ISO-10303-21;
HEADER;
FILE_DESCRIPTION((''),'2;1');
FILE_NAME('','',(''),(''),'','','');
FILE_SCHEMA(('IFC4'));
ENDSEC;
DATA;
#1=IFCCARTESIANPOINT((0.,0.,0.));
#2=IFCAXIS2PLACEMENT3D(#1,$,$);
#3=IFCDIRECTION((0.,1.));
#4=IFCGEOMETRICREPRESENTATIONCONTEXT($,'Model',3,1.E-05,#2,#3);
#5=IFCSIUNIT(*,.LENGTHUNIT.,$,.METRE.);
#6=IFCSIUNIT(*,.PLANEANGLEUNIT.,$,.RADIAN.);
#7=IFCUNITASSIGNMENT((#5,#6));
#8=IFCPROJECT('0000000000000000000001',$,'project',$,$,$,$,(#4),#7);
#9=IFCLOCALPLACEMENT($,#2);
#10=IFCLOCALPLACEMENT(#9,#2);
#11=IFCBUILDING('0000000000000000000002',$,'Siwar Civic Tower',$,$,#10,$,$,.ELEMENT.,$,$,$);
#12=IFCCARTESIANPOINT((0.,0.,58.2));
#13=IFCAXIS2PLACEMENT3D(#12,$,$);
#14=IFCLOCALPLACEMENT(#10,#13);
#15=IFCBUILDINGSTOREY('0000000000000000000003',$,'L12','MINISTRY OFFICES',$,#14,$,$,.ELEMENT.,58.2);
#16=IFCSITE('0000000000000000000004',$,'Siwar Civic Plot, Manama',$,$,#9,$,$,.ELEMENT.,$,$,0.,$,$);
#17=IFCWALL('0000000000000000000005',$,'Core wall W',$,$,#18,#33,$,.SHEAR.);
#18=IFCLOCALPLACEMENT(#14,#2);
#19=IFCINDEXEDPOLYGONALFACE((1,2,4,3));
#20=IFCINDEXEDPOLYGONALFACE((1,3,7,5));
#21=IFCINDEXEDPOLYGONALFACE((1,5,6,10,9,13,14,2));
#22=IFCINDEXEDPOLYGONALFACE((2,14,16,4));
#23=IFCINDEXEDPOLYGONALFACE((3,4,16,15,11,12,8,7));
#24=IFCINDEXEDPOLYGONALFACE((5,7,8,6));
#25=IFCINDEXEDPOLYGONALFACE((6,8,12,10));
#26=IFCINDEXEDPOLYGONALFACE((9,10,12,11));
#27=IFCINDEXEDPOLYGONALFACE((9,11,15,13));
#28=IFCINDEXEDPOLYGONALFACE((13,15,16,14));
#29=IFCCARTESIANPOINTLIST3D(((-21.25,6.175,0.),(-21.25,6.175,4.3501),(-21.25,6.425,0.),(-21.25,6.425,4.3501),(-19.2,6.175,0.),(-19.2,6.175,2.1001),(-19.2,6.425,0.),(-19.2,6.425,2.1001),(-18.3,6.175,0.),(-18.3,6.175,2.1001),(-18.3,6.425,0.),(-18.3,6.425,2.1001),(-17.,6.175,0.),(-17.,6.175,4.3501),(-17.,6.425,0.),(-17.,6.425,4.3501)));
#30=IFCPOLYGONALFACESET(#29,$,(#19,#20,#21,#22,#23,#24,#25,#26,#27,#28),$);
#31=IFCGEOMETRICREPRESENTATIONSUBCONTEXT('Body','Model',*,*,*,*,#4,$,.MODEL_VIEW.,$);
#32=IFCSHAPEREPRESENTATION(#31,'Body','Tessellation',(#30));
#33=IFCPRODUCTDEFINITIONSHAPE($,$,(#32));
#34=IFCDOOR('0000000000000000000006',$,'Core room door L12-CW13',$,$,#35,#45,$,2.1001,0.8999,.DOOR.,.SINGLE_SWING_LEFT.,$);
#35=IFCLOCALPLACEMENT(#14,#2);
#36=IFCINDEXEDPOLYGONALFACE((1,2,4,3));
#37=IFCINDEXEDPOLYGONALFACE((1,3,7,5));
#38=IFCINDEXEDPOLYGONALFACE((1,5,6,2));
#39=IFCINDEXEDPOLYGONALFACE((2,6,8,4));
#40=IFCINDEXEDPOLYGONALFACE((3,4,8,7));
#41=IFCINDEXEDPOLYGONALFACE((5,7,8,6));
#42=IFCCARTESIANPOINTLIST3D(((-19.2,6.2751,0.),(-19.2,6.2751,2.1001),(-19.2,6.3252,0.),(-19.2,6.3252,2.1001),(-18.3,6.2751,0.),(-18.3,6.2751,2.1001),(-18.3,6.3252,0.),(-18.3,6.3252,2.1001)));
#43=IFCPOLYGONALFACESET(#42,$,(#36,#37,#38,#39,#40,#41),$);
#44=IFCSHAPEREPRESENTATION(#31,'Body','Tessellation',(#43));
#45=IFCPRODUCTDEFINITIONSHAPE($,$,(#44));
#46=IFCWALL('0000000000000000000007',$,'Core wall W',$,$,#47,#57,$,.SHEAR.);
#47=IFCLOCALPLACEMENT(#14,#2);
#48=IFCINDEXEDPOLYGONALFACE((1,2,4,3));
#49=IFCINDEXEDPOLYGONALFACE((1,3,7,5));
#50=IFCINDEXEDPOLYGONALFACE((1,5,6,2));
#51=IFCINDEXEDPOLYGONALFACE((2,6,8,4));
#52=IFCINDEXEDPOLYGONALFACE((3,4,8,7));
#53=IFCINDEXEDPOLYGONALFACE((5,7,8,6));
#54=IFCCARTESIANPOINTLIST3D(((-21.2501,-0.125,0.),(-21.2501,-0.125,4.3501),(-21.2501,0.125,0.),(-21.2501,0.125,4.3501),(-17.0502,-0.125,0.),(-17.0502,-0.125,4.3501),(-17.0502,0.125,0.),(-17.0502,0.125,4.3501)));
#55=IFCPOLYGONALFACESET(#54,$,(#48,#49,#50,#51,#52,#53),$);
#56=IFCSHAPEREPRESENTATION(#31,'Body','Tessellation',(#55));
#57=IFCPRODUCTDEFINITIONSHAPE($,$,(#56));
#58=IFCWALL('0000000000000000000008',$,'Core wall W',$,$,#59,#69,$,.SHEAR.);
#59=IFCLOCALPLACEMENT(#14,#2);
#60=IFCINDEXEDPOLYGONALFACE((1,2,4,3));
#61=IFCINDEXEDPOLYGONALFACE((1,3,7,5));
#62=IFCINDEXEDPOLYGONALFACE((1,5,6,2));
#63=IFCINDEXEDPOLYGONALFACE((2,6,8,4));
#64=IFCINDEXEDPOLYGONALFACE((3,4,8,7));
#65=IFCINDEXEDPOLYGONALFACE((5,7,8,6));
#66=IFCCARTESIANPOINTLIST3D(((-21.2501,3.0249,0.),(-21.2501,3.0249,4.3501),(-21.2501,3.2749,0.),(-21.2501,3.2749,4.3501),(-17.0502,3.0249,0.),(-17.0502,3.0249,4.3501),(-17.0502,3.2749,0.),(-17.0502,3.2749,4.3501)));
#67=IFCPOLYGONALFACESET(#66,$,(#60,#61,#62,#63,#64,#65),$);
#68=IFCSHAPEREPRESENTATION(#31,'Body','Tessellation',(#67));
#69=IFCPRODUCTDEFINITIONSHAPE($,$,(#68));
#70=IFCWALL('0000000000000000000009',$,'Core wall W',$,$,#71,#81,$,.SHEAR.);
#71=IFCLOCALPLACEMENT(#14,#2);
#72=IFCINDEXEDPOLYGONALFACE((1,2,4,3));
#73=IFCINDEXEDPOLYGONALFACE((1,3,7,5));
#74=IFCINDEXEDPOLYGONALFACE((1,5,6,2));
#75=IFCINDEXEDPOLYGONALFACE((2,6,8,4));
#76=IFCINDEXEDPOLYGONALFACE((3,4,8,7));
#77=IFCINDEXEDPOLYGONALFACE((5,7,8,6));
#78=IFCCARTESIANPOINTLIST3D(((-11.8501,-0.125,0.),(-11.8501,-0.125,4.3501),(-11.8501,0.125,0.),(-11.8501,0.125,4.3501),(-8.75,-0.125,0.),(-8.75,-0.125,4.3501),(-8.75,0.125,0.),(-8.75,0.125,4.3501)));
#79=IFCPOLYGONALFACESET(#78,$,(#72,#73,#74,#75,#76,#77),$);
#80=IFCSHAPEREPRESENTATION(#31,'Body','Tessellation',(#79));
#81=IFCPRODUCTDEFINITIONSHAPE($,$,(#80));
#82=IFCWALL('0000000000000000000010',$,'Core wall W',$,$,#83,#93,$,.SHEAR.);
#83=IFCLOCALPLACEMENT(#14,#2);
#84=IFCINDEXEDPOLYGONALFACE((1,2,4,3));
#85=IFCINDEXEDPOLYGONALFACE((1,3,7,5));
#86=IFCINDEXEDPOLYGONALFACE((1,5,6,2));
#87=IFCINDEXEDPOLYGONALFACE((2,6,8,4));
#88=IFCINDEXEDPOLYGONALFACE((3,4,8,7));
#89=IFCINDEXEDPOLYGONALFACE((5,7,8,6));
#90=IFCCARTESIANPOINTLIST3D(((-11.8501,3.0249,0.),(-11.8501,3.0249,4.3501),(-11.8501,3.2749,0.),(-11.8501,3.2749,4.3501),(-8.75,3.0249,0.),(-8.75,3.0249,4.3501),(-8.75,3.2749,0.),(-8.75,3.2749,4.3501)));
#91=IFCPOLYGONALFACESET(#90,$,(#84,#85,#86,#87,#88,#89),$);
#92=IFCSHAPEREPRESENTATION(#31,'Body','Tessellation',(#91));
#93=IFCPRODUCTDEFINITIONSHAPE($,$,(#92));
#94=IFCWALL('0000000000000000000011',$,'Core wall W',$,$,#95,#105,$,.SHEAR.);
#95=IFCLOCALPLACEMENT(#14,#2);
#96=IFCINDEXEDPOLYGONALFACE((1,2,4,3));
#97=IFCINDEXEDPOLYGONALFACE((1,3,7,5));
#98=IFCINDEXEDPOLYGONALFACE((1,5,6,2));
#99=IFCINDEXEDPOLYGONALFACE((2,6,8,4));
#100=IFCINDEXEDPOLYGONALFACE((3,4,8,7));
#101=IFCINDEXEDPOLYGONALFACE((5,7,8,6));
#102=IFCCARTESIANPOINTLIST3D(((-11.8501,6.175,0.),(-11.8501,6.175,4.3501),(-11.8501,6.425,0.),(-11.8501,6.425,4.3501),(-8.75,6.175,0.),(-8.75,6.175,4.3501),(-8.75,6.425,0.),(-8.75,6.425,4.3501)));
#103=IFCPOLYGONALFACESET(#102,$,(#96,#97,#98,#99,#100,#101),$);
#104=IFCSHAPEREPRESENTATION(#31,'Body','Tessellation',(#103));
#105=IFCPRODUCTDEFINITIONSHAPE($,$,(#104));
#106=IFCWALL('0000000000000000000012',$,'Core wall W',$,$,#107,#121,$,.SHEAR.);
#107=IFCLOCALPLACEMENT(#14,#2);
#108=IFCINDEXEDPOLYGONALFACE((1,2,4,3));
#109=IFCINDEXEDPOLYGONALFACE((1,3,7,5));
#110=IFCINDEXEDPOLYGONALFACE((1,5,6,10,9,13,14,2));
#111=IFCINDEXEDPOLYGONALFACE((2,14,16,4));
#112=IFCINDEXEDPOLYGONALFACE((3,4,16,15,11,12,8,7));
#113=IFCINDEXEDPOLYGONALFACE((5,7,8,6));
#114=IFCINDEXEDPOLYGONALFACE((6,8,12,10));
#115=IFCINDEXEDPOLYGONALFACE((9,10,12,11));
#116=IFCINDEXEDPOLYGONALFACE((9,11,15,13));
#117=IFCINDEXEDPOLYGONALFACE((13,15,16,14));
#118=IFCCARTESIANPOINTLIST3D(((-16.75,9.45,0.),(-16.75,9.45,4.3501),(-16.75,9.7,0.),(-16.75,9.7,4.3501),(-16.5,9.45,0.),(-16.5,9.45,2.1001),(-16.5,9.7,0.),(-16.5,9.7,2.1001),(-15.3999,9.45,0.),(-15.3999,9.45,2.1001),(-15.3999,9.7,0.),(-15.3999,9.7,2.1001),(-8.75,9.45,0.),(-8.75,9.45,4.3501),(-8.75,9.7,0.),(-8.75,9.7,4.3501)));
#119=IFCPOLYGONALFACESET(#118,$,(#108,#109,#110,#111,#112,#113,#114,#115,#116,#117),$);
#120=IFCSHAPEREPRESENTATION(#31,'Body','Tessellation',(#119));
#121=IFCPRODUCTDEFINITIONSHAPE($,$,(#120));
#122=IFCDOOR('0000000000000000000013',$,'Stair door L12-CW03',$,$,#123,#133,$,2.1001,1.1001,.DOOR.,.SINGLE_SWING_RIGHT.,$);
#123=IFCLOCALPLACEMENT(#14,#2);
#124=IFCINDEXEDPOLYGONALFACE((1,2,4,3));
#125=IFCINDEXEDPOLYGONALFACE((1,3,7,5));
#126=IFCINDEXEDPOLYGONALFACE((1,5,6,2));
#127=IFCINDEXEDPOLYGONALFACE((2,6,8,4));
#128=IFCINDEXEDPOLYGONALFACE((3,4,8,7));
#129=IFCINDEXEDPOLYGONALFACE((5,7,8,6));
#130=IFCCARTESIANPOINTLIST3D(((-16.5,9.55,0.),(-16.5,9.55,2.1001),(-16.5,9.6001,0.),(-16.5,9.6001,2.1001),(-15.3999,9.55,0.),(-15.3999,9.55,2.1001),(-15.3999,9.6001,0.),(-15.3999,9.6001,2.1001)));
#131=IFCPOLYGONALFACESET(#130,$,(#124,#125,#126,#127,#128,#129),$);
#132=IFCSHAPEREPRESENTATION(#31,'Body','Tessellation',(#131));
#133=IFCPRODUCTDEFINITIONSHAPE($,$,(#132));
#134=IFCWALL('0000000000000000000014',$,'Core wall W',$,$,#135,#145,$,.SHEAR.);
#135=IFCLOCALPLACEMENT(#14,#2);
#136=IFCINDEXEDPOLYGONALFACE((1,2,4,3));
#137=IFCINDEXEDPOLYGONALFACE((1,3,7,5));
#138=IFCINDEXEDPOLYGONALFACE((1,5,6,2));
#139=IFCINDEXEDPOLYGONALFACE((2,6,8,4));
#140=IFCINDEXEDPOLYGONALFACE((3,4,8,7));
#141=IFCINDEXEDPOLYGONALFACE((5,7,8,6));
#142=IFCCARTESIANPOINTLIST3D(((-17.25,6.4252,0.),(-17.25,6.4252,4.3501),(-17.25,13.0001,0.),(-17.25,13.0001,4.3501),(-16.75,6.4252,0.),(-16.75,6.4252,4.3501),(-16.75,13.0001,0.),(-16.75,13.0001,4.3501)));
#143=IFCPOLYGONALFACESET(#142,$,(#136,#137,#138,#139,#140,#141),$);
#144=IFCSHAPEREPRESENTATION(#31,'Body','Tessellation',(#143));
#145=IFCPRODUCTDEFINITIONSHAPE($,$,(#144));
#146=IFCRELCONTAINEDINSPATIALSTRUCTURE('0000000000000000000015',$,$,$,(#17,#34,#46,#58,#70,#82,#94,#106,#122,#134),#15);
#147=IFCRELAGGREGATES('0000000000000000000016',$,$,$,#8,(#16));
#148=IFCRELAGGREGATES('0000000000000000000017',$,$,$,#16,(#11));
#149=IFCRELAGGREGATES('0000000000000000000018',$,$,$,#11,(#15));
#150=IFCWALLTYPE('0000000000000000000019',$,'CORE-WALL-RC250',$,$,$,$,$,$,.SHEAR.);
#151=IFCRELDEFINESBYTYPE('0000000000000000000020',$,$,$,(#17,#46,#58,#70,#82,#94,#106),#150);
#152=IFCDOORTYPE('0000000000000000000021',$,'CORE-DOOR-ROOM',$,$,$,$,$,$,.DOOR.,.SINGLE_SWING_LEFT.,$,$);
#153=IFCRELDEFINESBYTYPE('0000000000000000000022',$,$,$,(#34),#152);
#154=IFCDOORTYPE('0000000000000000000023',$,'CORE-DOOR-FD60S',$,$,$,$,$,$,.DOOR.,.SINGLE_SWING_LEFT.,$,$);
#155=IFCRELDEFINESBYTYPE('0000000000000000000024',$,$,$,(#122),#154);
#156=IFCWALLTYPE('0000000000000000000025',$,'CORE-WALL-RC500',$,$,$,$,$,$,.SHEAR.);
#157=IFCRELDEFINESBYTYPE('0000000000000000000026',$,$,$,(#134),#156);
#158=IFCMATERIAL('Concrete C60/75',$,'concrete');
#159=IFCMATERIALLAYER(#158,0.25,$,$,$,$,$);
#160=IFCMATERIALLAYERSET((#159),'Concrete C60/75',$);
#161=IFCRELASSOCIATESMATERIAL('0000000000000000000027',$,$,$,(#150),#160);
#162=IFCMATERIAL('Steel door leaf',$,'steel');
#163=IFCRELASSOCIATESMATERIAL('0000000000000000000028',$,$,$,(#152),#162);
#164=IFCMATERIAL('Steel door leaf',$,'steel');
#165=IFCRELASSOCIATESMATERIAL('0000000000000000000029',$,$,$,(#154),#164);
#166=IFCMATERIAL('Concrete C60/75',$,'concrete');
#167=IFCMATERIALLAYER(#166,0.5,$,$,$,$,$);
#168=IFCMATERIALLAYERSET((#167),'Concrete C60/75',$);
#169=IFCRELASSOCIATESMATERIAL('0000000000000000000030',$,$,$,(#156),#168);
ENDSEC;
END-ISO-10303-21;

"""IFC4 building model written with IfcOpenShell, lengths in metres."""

from ifc_helpers import new_model, si_unit, direction, frame, frame_2d, origin, place, context, subcontext, project, spatial, rectangle, extrude, material, layer, layer_set, type_object, element, fill, save


model = new_model("IFC4")

# Units and contexts
model_context = context("Model", 3, precision=1e-05, world=origin(), true_north=direction((0.0, 1.0)))
body_context = subcontext(model_context, "Body", "Model", "MODEL_VIEW")
ifc_project = project(units=[si_unit("LENGTHUNIT", "METRE"), si_unit("PLANEANGLEUNIT", "RADIAN")], contexts=[model_context])

# Site, building, storey
site_placement = place(None, origin())
site = spatial("IfcSite", under=ifc_project, at=site_placement, Name="Siwar Civic Plot, Manama", CompositionType="ELEMENT", RefElevation=0.0)
building_placement = place(site_placement, origin())
building = spatial("IfcBuilding", under=site, at=building_placement, Name="Siwar Civic Tower", CompositionType="ELEMENT")
storey_placement = place(building_placement, frame((0.0, 0.0, 58.2)))
storey = spatial("IfcBuildingStorey", under=building, at=storey_placement, Name="L12", Description="MINISTRY OFFICES", CompositionType="ELEMENT", Elevation=58.2)

# Shared definitions
ifc_material_1 = material(Name="Concrete C60/75", Category="concrete")
ifc_layer_1 = layer(ifc_material_1, 0.25)
ifc_layer_set_1 = layer_set([ifc_layer_1], Name="Concrete C60/75")
wall_type_1 = type_object("IfcWallType", Name="CORE-WALL-RC250", PredefinedType="SHEAR", material=ifc_layer_set_1)

# Wall, opening, door
wall_1_placement = place(storey_placement, frame((-17.0, 6.3, 0.0), z_axis=(0.0, 0.0, 1.0), x_axis=(-1.0, 0.0, 0.0)))
wall_1 = element("IfcWall", 1, at=wall_1_placement, inside=storey, type_object=wall_type_1, Name="Core wall W", PredefinedType="SHEAR", context=body_context, shape_type="SweptSolid", body=[
    extrude(rectangle(XDim=4.25, YDim=0.25, at=frame_2d((2.125, 0.0))), origin(), (0.0, 0.0, 1.0), 4.3501),
])
opening_1_placement = place(wall_1_placement, frame((1.3, 0.0, 0.0)))
opening_1 = element("IfcOpeningElement", 2, at=opening_1_placement, cuts=wall_1, PredefinedType="OPENING", context=body_context, shape_type="SweptSolid", body=[
    extrude(rectangle(XDim=0.8999, YDim=2.1001, at=frame_2d((0.45, 1.05))), frame((0.0, 0.135, 0.0), z_axis=(0.0, -1.0, 0.0), x_axis=(1.0, 0.0, 0.0)), (0.0, 0.0, 1.0), 0.27),
])
ifc_material_2 = material(Name="Steel door leaf", Category="steel")
door_type_1 = type_object("IfcDoorType", Name="CORE-DOOR-ROOM", OperationType="SINGLE_SWING_LEFT", PredefinedType="DOOR", material=ifc_material_2)
door_1_placement = place(opening_1_placement, origin())
door_1 = element("IfcDoor", 3, at=door_1_placement, inside=storey, type_object=door_type_1, Name="Core room door L12-CW13", OperationType="SINGLE_SWING_LEFT", OverallHeight=2.1001, OverallWidth=0.8999, PredefinedType="DOOR", context=body_context, shape_type="SweptSolid", body=[
    extrude(rectangle(XDim=0.8999, YDim=2.1001, at=frame_2d((0.45, 1.05))), frame((0.0, 0.0249, 0.0), z_axis=(0.0, -1.0, 0.0), x_axis=(1.0, 0.0, 0.0)), (0.0, 0.0, 1.0), 0.05),
])
fill(opening_1, door_1)

# Walls
for number, where, z_axis, x_axis, name in (
    (4, (-17.05, 0.0, 0.0), (0.0, 0.0, 1.0), (-1.0, 0.0, 0.0), "Core wall W"),
    (5, (-17.05, 3.1499, 0.0), (0.0, 0.0, 1.0), (-1.0, 0.0, 0.0), "Core wall W"),
):
    element("IfcWall", number, at=place(storey_placement, frame(where, z_axis=z_axis, x_axis=x_axis)), inside=storey, type_object=wall_type_1, Name=name, PredefinedType="SHEAR", context=body_context, shape_type="SweptSolid", body=[
        extrude(rectangle(XDim=4.2, YDim=0.25, at=frame_2d((2.1001, 0.0))), origin(), (0.0, 0.0, 1.0), 4.3501),
    ])
for number, where, z_axis, x_axis, name in (
    (6, (-8.75, 0.0, 0.0), (0.0, 0.0, 1.0), (-1.0, 0.0, 0.0), "Core wall W"),
    (7, (-8.75, 3.1499, 0.0), (0.0, 0.0, 1.0), (-1.0, 0.0, 0.0), "Core wall W"),
    (8, (-8.75, 6.3, 0.0), (0.0, 0.0, 1.0), (-1.0, 0.0, 0.0), "Core wall W"),
):
    element("IfcWall", number, at=place(storey_placement, frame(where, z_axis=z_axis, x_axis=x_axis)), inside=storey, type_object=wall_type_1, Name=name, PredefinedType="SHEAR", context=body_context, shape_type="SweptSolid", body=[
        extrude(rectangle(XDim=3.1001, YDim=0.25, at=frame_2d((1.55, 0.0))), origin(), (0.0, 0.0, 1.0), 4.3501),
    ])

# Wall, opening, door
wall_2_placement = place(storey_placement, frame((-8.75, 9.575, 0.0), z_axis=(0.0, 0.0, 1.0), x_axis=(-1.0, 0.0, 0.0)))
wall_2 = element("IfcWall", 9, at=wall_2_placement, inside=storey, type_object=wall_type_1, Name="Core wall W", PredefinedType="SHEAR", context=body_context, shape_type="SweptSolid", body=[
    extrude(rectangle(XDim=8.0, YDim=0.25, at=frame_2d((4.0, 0.0))), origin(), (0.0, 0.0, 1.0), 4.3501),
])
opening_2_placement = place(wall_2_placement, frame((6.6499, 0.0, 0.0)))
opening_2 = element("IfcOpeningElement", 10, at=opening_2_placement, cuts=wall_2, PredefinedType="OPENING", context=body_context, shape_type="SweptSolid", body=[
    extrude(rectangle(XDim=1.1001, YDim=2.1001, at=frame_2d((0.55, 1.05))), frame((0.0, 0.135, 0.0), z_axis=(0.0, -1.0, 0.0), x_axis=(1.0, 0.0, 0.0)), (0.0, 0.0, 1.0), 0.27),
])
ifc_material_3 = material(Name="Steel door leaf", Category="steel")
door_type_2 = type_object("IfcDoorType", Name="CORE-DOOR-FD60S", OperationType="SINGLE_SWING_LEFT", PredefinedType="DOOR", material=ifc_material_3)
door_2_placement = place(opening_2_placement, origin())
door_2 = element("IfcDoor", 11, at=door_2_placement, inside=storey, type_object=door_type_2, Name="Stair door L12-CW03", OperationType="SINGLE_SWING_RIGHT", OverallHeight=2.1001, OverallWidth=1.1001, PredefinedType="DOOR", context=body_context, shape_type="SweptSolid", body=[
    extrude(rectangle(XDim=1.1001, YDim=2.1001, at=frame_2d((0.55, 1.05))), frame((0.0, 0.0249, 0.0), z_axis=(0.0, -1.0, 0.0), x_axis=(1.0, 0.0, 0.0)), (0.0, 0.0, 1.0), 0.05),
])
fill(opening_2, door_2)

# Wall
ifc_material_4 = material(Name="Concrete C60/75", Category="concrete")
ifc_layer_2 = layer(ifc_material_4, 0.5)
ifc_layer_set_2 = layer_set([ifc_layer_2], Name="Concrete C60/75")
wall_type_2 = type_object("IfcWallType", Name="CORE-WALL-RC500", PredefinedType="SHEAR", material=ifc_layer_set_2)
wall_3_placement = place(storey_placement, frame((-17.0, 6.425, 0.0), z_axis=(0.0, 0.0, 1.0), x_axis=(0.0, 1.0, 0.0)))
element("IfcWall", 12, at=wall_3_placement, inside=storey, type_object=wall_type_2, Name="Core wall W", PredefinedType="SHEAR", context=body_context, shape_type="SweptSolid", body=[
    extrude(rectangle(XDim=6.575, YDim=0.5, at=frame_2d((3.2876, 0.0))), origin(), (0.0, 0.0, 1.0), 4.3501),
])

save(model, "model.ifc")
